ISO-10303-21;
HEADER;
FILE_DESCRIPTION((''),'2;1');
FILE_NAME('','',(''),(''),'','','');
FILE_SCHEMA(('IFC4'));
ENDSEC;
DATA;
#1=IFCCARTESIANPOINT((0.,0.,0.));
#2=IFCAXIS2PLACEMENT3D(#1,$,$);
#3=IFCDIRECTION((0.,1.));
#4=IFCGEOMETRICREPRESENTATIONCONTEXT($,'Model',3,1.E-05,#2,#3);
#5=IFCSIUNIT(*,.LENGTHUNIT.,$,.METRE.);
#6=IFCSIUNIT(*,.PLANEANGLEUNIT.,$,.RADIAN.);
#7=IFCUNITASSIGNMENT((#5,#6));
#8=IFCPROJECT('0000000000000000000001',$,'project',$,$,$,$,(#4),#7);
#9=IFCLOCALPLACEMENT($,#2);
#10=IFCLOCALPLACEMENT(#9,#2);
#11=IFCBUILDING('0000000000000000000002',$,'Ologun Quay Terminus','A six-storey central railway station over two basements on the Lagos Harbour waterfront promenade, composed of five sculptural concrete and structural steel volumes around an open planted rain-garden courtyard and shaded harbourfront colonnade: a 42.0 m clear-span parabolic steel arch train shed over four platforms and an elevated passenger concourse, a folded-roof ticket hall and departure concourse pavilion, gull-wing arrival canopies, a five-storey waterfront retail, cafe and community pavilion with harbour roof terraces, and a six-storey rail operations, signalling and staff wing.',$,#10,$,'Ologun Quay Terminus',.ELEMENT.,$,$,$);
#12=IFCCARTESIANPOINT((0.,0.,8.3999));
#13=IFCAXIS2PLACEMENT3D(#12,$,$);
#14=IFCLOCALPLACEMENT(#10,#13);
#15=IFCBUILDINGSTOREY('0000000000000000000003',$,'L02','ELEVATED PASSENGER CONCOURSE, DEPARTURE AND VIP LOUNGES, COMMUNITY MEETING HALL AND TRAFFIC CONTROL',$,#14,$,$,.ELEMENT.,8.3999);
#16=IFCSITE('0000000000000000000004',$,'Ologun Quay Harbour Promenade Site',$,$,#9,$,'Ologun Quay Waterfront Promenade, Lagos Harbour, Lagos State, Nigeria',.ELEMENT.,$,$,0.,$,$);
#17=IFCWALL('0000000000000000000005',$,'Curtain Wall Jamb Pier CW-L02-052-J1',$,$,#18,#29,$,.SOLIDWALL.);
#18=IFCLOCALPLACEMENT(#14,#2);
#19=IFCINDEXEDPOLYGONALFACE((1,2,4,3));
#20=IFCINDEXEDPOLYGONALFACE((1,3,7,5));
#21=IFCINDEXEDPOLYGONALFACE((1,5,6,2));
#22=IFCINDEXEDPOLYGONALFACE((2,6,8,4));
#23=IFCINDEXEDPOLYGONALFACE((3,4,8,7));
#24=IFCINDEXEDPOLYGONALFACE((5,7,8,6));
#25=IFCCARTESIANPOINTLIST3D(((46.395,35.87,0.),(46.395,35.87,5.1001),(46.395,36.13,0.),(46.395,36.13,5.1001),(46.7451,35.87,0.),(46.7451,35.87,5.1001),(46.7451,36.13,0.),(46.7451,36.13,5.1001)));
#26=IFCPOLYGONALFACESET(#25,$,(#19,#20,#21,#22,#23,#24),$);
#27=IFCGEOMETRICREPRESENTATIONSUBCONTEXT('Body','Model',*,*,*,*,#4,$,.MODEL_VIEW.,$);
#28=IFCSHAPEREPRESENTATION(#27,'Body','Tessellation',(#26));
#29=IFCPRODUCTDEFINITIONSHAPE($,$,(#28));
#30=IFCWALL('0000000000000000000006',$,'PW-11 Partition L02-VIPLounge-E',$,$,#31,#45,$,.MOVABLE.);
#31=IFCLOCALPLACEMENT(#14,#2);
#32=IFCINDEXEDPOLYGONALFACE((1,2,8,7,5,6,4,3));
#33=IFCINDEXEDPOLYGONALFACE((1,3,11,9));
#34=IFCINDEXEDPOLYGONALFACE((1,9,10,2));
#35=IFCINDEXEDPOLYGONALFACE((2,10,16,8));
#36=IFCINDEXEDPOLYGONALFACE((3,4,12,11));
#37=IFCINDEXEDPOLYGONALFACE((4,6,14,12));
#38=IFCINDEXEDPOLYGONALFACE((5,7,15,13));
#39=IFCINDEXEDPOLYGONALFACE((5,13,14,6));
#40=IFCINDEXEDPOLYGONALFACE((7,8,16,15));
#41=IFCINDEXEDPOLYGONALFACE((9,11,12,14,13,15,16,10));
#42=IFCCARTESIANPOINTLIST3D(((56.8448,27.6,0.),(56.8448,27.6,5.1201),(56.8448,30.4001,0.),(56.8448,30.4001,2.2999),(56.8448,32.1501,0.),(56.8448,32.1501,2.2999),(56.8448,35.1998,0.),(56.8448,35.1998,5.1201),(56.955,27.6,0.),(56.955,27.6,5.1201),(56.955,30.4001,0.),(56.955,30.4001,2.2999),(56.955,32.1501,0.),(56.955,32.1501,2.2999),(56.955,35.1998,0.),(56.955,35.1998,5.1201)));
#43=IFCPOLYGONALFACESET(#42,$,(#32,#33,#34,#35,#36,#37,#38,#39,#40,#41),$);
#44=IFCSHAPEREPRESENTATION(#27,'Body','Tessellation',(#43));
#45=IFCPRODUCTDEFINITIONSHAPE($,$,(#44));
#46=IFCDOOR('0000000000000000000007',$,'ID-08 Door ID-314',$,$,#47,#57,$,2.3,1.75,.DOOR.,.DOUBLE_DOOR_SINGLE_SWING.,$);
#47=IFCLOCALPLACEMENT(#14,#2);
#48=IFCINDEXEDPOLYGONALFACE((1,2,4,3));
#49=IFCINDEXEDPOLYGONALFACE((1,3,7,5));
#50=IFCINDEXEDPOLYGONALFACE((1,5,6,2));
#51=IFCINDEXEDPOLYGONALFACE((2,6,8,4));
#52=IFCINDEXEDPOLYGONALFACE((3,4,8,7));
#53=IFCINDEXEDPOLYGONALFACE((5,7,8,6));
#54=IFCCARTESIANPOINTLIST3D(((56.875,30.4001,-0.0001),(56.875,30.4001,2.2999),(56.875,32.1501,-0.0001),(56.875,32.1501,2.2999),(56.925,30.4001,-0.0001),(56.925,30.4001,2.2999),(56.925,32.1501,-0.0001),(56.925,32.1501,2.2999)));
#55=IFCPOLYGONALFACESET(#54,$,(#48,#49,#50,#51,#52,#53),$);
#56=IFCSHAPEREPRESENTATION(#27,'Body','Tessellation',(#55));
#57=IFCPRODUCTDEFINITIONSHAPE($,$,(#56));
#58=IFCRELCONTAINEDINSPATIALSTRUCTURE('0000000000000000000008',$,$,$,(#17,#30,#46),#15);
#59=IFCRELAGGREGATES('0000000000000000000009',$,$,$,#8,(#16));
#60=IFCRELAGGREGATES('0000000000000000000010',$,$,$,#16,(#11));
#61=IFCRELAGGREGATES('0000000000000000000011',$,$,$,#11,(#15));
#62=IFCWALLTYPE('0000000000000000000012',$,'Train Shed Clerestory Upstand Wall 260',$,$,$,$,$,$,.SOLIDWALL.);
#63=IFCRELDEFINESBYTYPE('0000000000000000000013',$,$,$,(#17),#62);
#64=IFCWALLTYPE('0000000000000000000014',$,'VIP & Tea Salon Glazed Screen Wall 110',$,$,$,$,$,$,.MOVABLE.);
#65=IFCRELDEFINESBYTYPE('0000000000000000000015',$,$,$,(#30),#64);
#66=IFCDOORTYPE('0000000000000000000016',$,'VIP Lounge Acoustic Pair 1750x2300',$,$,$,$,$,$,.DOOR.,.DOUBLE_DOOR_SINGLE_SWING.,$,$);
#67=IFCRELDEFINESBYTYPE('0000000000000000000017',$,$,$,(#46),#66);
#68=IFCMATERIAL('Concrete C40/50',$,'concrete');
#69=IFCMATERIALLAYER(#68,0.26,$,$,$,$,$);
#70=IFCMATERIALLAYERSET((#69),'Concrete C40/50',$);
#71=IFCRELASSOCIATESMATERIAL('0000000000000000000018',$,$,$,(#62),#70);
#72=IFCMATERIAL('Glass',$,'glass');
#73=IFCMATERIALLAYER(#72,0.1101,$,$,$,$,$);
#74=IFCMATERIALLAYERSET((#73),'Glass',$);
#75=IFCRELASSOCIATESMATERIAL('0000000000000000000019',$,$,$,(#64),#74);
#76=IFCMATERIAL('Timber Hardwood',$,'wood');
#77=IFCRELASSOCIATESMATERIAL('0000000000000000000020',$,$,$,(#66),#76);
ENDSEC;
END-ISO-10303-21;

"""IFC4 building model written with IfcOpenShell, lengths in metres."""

from ifc_helpers import new_model, si_unit, direction, frame, frame_2d, origin, place, context, subcontext, project, spatial, rectangle, extrude, material, layer, layer_set, type_object, element, fill, save


model = new_model("IFC4")

# Units and contexts
model_context = context("Model", 3, precision=1e-05, world=origin(), true_north=direction((0.0, 1.0)))
body_context = subcontext(model_context, "Body", "Model", "MODEL_VIEW")
ifc_project = project(units=[si_unit("LENGTHUNIT", "METRE"), si_unit("PLANEANGLEUNIT", "RADIAN")], contexts=[model_context])

# Site, building, storey
site_placement = place(None, origin())
site = spatial("IfcSite", under=ifc_project, at=site_placement, Name="Ologun Quay Harbour Promenade Site", LongName="Ologun Quay Waterfront Promenade, Lagos Harbour, Lagos State, Nigeria", CompositionType="ELEMENT", RefElevation=0.0)
building_placement = place(site_placement, origin())
building = spatial("IfcBuilding", under=site, at=building_placement, Name="Ologun Quay Terminus", Description="A six-storey central railway station over two basements on the Lagos Harbour waterfront promenade, composed of five sculptural concrete and structural steel volumes around an open planted rain-garden courtyard and shaded harbourfront colonnade: a 42.0 m clear-span parabolic steel arch train shed over four platforms and an elevated passenger concourse, a folded-roof ticket hall and departure concourse pavilion, gull-wing arrival canopies, a five-storey waterfront retail, cafe and community pavilion with harbour roof terraces, and a six-storey rail operations, signalling and staff wing.", LongName="Ologun Quay Terminus", CompositionType="ELEMENT")
storey_placement = place(building_placement, frame((0.0, 0.0, 8.3999)))
storey = spatial("IfcBuildingStorey", under=building, at=storey_placement, Name="L02", Description="ELEVATED PASSENGER CONCOURSE, DEPARTURE AND VIP LOUNGES, COMMUNITY MEETING HALL AND TRAFFIC CONTROL", CompositionType="ELEMENT", Elevation=8.3999)

# Wall
ifc_material_1 = material(Name="Concrete C40/50", Category="concrete")
ifc_layer_1 = layer(ifc_material_1, 0.26)
ifc_layer_set_1 = layer_set([ifc_layer_1], Name="Concrete C40/50")
wall_type_1 = type_object("IfcWallType", Name="Train Shed Clerestory Upstand Wall 260", PredefinedType="SOLIDWALL", material=ifc_layer_set_1)
for number, where, z_axis, x_axis, name in (
    (1, (46.395, 36.0, 0.0), (0.0, 0.0, 1.0), (1.0, 0.0, 0.0), "Curtain Wall Jamb Pier CW-L02-052-J1"),
):
    element("IfcWall", number, at=place(storey_placement, frame(where, z_axis=z_axis, x_axis=x_axis)), inside=storey, type_object=wall_type_1, Name=name, PredefinedType="SOLIDWALL", context=body_context, shape_type="SweptSolid", body=[
        extrude(rectangle(XDim=0.3501, YDim=0.26, at=frame_2d((0.175, 0.0))), origin(), (0.0, 0.0, 1.0), 5.1001),
    ])

# Wall, opening, door
ifc_material_2 = material(Name="Glass", Category="glass")
ifc_layer_2 = layer(ifc_material_2, 0.1101)
ifc_layer_set_2 = layer_set([ifc_layer_2], Name="Glass")
wall_type_2 = type_object("IfcWallType", Name="VIP & Tea Salon Glazed Screen Wall 110", PredefinedType="MOVABLE", material=ifc_layer_set_2)
wall_1_placement = place(storey_placement, frame((56.8999, 27.6001, 0.0), z_axis=(0.0, 0.0, 1.0), x_axis=(0.0, 1.0, 0.0)))
wall_1 = element("IfcWall", 2, at=wall_1_placement, inside=storey, type_object=wall_type_2, Name="PW-11 Partition L02-VIPLounge-E", PredefinedType="MOVABLE", context=body_context, shape_type="SweptSolid", body=[
    extrude(rectangle(XDim=7.5999, YDim=0.1101, at=frame_2d((3.7998, 0.0))), origin(), (0.0, 0.0, 1.0), 5.1201),
])
opening_placement = place(wall_1_placement, frame((2.8, 0.0, 0.0)))
opening = element("IfcOpeningElement", 3, at=opening_placement, cuts=wall_1, PredefinedType="OPENING", context=body_context, shape_type="SweptSolid", body=[
    extrude(rectangle(XDim=1.75, YDim=2.3, at=frame_2d((0.875, 1.1499))), frame((0.0, 0.0649, 0.0), z_axis=(0.0, -1.0, 0.0), x_axis=(1.0, 0.0, 0.0)), (0.0, 0.0, 1.0), 0.1301),
])
ifc_material_3 = material(Name="Timber Hardwood", Category="wood")
door_type = type_object("IfcDoorType", Name="VIP Lounge Acoustic Pair 1750x2300", OperationType="DOUBLE_DOOR_SINGLE_SWING", PredefinedType="DOOR", material=ifc_material_3)
door_placement = place(opening_placement, origin())
door = element("IfcDoor", 4, at=door_placement, inside=storey, type_object=door_type, Name="ID-08 Door ID-314", OperationType="DOUBLE_DOOR_SINGLE_SWING", OverallHeight=2.3, OverallWidth=1.75, PredefinedType="DOOR", context=body_context, shape_type="SweptSolid", body=[
    extrude(rectangle(XDim=1.75, YDim=2.3, at=frame_2d((0.875, 1.1499))), frame((0.0, 0.0249, 0.0), z_axis=(0.0, -1.0, 0.0), x_axis=(1.0, 0.0, 0.0)), (0.0, 0.0, 1.0), 0.05),
])
fill(opening, door)

save(model, "model.ifc")
